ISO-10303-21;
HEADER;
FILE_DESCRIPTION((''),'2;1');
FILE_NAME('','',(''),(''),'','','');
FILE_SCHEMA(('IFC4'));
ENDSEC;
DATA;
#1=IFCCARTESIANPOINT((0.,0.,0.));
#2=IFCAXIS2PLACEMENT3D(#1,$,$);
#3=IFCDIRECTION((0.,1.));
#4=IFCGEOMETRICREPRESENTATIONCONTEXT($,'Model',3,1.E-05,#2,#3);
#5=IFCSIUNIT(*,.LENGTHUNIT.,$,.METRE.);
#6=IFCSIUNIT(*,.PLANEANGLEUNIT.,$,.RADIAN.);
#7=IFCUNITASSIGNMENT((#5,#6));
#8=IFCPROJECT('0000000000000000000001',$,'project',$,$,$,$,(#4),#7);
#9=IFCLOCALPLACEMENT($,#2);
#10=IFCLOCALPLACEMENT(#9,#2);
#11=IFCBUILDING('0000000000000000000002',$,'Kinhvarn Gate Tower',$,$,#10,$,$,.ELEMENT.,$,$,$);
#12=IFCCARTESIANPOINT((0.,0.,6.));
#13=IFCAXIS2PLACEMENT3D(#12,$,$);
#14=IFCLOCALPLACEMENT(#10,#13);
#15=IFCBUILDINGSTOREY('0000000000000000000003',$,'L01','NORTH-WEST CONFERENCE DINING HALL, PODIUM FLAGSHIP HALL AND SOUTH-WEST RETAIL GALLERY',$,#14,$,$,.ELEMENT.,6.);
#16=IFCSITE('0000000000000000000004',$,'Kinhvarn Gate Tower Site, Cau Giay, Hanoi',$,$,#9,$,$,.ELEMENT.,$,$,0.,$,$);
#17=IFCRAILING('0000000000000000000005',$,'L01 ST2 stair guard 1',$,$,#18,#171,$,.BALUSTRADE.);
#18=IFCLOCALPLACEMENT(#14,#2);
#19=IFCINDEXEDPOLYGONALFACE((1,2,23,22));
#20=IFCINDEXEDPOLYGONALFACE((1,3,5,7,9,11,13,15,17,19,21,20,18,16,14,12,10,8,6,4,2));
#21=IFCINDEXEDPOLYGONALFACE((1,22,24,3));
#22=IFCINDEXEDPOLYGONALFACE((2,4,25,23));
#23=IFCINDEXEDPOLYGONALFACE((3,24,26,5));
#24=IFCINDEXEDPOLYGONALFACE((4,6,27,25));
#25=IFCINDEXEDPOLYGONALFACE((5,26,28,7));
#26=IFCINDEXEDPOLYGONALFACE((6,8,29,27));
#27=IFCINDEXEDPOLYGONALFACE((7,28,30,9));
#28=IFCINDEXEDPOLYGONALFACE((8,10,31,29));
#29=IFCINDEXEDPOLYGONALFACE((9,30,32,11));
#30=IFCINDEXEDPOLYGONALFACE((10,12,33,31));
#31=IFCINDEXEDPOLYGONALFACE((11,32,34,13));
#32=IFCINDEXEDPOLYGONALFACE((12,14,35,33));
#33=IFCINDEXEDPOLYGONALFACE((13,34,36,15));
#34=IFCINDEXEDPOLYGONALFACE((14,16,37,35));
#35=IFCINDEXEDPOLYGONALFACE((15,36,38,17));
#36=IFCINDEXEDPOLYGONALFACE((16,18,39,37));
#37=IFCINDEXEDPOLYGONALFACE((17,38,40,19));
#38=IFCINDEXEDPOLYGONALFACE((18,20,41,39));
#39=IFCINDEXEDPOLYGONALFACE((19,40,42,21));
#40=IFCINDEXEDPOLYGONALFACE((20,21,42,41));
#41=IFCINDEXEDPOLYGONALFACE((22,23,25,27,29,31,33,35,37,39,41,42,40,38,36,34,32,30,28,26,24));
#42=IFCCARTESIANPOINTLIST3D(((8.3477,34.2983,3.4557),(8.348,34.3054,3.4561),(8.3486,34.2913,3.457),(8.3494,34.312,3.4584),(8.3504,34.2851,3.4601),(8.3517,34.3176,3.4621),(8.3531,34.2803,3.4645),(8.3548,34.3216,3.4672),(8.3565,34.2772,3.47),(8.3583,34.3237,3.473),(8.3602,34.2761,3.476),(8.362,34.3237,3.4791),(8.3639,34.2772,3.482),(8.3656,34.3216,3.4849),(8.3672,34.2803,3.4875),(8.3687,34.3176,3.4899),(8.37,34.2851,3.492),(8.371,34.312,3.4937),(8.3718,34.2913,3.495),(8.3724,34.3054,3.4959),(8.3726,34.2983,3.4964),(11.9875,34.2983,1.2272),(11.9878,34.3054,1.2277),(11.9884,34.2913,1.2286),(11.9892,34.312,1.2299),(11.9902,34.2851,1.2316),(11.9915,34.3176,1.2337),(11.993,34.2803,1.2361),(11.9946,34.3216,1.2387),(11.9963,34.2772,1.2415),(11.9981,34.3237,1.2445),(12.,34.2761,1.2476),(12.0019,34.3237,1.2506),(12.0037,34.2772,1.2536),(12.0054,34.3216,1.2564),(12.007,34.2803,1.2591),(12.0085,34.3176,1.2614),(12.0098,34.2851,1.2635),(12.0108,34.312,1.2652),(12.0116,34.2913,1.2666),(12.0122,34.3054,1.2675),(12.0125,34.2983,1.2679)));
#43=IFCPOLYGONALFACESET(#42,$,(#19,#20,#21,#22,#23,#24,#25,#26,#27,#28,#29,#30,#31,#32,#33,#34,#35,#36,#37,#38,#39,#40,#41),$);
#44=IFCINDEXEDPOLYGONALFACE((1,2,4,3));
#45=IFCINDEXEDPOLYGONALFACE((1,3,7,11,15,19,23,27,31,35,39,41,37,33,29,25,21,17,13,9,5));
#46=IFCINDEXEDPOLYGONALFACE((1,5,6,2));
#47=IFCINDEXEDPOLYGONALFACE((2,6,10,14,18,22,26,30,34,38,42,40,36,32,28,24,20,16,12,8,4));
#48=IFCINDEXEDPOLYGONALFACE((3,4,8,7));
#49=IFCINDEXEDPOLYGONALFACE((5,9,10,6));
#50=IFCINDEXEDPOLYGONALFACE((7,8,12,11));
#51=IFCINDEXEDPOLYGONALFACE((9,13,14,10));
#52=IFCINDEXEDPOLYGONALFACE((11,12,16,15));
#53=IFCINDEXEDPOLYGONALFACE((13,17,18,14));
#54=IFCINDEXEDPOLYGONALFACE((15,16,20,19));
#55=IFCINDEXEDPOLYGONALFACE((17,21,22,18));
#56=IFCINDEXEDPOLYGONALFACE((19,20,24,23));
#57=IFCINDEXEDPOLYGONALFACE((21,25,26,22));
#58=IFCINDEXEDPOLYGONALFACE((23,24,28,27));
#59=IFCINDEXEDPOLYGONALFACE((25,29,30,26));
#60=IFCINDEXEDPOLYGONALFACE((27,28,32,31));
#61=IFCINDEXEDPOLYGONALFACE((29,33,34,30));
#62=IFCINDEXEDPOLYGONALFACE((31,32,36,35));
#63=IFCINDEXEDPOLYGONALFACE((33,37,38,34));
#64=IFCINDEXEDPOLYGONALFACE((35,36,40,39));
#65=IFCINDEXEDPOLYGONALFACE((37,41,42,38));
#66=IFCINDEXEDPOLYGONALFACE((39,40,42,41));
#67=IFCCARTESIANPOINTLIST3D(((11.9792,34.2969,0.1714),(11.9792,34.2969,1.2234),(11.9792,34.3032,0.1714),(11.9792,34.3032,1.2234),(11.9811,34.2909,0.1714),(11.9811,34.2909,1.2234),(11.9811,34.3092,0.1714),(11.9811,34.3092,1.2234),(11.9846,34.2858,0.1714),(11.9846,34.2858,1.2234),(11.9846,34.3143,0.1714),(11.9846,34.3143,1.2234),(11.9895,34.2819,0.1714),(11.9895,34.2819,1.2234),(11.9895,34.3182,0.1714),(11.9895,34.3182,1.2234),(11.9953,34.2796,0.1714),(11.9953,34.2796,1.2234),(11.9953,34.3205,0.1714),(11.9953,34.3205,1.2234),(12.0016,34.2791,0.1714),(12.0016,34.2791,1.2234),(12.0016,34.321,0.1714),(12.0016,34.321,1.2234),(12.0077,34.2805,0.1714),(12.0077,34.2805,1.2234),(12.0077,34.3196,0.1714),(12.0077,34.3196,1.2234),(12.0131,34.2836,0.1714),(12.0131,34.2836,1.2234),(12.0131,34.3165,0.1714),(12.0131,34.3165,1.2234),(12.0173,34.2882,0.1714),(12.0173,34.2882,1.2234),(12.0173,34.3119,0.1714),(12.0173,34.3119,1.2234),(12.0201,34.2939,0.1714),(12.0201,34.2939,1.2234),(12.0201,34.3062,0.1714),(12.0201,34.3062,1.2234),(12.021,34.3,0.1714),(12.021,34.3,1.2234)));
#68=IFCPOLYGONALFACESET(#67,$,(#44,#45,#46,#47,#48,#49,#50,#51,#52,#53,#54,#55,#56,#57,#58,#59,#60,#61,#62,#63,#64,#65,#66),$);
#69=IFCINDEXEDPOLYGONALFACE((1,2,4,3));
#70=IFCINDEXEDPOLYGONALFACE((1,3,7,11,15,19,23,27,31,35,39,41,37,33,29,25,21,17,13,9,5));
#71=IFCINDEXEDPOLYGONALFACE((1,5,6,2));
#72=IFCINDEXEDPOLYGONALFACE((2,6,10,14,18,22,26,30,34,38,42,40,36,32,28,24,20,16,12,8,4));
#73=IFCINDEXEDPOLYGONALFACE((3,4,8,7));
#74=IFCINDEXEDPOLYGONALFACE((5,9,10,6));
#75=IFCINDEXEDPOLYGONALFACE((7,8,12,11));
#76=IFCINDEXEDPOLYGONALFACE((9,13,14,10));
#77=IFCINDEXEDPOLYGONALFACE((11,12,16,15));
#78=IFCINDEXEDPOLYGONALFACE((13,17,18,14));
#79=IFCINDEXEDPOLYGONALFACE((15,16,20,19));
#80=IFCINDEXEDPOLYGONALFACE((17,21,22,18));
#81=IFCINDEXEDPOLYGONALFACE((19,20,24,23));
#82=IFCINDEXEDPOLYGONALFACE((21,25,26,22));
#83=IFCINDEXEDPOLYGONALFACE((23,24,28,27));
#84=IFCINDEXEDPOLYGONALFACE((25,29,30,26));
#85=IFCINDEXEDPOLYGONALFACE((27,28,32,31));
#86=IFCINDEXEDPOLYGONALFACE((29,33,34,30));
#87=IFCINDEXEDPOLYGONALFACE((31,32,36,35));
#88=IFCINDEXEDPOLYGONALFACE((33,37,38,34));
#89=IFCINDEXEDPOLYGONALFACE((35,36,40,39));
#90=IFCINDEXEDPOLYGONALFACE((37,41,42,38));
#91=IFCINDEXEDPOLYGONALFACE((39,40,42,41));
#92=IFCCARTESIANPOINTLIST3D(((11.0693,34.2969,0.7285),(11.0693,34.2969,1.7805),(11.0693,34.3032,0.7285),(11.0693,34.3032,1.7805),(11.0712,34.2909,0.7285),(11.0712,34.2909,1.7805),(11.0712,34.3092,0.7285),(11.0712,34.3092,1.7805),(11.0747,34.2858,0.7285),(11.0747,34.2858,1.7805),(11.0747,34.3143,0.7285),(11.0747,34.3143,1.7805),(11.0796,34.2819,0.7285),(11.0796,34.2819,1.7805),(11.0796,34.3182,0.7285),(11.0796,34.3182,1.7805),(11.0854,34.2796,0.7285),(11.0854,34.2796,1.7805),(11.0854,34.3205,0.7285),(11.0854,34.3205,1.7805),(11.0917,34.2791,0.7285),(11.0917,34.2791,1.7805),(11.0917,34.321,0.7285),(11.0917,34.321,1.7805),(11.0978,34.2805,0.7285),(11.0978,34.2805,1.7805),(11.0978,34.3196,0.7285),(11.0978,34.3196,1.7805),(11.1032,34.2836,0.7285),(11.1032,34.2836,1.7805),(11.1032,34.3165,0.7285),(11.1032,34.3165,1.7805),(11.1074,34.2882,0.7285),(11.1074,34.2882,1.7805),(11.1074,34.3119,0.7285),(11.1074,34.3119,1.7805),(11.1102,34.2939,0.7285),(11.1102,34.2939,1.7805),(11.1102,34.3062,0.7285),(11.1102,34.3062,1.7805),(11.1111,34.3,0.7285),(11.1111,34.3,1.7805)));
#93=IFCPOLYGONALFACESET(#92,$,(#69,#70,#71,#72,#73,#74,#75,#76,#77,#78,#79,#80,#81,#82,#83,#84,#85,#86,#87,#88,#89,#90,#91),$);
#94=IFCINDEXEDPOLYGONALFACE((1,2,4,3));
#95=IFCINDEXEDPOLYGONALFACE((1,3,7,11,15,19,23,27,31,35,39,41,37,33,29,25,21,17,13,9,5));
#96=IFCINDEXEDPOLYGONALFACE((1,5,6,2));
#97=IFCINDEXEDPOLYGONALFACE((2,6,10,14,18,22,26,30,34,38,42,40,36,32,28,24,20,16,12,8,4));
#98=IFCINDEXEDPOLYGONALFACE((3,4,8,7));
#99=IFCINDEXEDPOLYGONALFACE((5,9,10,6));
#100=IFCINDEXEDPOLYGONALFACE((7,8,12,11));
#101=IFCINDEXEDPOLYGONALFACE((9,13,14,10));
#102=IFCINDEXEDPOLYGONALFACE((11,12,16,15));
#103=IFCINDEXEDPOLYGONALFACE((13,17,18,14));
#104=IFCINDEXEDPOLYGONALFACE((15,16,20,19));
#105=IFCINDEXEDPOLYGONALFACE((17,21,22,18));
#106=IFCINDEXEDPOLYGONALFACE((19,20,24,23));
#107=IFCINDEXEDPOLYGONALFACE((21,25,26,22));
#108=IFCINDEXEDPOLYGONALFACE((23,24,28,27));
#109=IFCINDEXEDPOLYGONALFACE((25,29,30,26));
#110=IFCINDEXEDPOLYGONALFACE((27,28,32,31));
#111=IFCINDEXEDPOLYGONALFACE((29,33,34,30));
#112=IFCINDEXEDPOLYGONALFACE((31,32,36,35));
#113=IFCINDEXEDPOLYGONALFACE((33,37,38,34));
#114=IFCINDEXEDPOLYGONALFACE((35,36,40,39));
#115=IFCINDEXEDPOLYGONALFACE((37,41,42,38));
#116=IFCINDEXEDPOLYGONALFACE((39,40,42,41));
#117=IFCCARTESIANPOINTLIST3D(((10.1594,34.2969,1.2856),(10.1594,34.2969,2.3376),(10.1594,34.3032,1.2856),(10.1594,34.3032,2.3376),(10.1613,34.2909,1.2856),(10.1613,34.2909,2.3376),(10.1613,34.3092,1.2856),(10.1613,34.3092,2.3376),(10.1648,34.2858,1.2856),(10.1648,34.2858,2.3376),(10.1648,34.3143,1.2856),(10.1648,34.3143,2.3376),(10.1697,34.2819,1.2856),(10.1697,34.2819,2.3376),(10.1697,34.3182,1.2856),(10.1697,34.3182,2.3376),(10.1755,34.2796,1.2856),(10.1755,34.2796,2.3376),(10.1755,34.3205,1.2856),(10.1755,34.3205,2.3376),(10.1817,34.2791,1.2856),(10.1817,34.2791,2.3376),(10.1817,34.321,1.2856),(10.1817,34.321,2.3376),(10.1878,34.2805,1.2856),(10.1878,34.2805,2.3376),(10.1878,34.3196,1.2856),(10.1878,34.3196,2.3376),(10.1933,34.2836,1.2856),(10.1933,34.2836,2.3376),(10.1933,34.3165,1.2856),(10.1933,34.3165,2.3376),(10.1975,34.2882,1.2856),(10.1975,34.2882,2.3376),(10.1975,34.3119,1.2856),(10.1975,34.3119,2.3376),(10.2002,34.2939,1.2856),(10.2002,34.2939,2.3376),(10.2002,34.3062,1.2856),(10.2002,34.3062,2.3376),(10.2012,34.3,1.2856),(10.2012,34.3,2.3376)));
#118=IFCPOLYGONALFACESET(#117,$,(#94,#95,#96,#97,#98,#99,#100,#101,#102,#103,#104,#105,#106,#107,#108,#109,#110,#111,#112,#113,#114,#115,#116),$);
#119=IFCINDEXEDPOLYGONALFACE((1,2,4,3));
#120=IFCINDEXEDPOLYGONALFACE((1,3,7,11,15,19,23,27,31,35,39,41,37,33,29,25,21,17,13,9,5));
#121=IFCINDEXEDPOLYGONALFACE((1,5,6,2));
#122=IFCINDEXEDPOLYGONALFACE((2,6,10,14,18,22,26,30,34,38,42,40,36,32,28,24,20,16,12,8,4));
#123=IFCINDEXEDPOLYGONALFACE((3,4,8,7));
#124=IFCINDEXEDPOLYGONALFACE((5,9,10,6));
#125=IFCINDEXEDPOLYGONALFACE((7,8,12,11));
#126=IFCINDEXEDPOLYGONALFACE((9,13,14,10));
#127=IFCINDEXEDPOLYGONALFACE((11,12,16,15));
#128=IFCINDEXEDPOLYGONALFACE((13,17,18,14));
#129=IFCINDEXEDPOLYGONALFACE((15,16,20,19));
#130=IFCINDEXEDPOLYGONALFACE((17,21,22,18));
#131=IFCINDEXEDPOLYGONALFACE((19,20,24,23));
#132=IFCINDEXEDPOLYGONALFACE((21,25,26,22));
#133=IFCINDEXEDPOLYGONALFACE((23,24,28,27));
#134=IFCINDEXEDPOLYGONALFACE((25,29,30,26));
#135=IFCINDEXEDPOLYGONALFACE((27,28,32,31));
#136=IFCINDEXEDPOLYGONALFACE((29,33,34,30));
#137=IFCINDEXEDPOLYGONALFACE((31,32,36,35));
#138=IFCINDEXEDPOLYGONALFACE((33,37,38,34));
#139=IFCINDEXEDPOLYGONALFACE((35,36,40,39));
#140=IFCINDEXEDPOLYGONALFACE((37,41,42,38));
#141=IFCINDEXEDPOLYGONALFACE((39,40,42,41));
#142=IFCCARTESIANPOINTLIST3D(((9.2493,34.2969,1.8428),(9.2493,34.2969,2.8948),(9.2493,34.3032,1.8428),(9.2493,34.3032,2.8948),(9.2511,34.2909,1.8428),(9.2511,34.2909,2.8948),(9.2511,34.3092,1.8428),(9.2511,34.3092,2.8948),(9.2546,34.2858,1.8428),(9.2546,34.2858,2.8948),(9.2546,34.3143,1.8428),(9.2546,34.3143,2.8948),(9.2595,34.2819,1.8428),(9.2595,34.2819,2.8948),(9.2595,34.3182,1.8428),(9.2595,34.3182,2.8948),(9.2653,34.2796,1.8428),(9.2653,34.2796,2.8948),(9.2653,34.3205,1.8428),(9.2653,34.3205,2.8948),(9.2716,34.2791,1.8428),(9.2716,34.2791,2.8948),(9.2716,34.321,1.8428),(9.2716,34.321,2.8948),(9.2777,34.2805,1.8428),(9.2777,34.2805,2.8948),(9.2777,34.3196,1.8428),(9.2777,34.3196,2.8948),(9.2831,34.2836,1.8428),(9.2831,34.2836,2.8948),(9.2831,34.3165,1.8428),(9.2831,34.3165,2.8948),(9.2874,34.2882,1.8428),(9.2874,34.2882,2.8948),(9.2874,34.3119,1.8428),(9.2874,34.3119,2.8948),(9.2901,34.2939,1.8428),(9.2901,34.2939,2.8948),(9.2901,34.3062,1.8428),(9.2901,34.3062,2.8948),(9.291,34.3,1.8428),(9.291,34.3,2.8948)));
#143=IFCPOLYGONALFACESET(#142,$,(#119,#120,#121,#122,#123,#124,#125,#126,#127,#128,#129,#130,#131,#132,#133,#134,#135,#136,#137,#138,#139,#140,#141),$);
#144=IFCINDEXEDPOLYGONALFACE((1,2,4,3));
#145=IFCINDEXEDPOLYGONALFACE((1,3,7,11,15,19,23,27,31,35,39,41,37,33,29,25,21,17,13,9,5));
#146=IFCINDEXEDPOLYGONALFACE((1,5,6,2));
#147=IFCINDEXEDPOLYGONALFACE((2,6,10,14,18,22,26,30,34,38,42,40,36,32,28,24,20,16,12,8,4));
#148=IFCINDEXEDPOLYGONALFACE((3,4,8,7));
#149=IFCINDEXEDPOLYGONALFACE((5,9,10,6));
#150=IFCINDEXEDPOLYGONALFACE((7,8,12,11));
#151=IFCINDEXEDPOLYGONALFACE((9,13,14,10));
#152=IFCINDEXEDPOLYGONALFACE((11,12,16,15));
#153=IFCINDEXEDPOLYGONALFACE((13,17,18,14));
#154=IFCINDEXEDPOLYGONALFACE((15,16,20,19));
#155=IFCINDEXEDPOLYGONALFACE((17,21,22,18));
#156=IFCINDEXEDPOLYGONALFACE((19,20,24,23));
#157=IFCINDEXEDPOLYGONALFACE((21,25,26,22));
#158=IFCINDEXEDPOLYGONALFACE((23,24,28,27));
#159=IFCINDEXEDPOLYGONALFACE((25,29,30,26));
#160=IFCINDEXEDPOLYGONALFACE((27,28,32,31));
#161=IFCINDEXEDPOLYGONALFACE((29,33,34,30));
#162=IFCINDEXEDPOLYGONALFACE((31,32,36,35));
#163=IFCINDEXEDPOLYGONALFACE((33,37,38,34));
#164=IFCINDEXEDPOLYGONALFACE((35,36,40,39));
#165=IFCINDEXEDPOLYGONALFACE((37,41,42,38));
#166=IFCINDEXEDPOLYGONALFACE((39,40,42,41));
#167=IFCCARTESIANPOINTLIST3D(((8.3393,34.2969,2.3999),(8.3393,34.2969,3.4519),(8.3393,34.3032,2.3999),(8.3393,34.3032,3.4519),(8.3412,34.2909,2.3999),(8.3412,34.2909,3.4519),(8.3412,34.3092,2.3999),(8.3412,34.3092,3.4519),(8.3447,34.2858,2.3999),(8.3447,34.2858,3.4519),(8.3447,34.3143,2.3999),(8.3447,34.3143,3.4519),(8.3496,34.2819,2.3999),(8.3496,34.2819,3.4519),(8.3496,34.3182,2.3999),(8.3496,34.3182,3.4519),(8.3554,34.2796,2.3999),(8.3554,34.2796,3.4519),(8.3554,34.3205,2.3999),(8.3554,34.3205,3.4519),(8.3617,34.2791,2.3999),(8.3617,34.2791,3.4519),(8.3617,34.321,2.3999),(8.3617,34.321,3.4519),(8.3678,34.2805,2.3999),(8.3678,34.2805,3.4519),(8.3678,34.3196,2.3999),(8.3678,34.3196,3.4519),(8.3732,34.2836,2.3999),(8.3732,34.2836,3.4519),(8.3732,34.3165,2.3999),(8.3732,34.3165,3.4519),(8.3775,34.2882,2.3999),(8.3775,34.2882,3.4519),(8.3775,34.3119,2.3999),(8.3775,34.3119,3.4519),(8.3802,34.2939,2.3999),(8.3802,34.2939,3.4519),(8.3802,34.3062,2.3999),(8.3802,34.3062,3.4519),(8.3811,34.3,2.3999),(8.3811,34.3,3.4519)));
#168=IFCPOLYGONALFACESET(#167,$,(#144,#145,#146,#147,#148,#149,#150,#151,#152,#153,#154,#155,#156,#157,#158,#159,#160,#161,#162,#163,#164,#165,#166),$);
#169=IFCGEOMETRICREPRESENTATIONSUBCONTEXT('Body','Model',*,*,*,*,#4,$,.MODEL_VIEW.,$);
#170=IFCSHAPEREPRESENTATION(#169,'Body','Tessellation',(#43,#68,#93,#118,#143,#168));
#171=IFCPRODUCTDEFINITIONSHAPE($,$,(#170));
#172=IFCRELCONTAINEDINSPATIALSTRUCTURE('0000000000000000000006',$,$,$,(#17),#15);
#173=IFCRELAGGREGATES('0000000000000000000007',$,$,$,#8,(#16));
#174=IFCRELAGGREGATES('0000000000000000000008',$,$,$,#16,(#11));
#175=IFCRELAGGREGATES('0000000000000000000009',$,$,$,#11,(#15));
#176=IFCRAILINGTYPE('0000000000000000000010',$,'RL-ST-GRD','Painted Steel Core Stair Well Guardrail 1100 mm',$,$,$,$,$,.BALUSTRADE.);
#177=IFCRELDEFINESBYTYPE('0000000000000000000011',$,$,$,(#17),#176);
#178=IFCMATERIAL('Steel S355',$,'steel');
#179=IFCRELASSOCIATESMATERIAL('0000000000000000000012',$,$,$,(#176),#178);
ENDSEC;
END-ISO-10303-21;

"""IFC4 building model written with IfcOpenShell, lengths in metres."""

from ifc_helpers import new_model, si_unit, direction, frame, origin, origin_2d, place, context, subcontext, project, spatial, circle, extrude, material, type_object, element, save


model = new_model("IFC4")

# Units and contexts
model_context = context("Model", 3, precision=1e-05, world=origin(), true_north=direction((0.0, 1.0)))
body_context = subcontext(model_context, "Body", "Model", "MODEL_VIEW")
ifc_project = project(units=[si_unit("LENGTHUNIT", "METRE"), si_unit("PLANEANGLEUNIT", "RADIAN")], contexts=[model_context])

# Site, building, storey
site_placement = place(None, origin())
site = spatial("IfcSite", under=ifc_project, at=site_placement, Name="Kinhvarn Gate Tower Site, Cau Giay, Hanoi", CompositionType="ELEMENT", RefElevation=0.0)
building_placement = place(site_placement, origin())
building = spatial("IfcBuilding", under=site, at=building_placement, Name="Kinhvarn Gate Tower", CompositionType="ELEMENT")
storey_placement = place(building_placement, frame((0.0, 0.0, 6.0)))
storey = spatial("IfcBuildingStorey", under=building, at=storey_placement, Name="L01", Description="NORTH-WEST CONFERENCE DINING HALL, PODIUM FLAGSHIP HALL AND SOUTH-WEST RETAIL GALLERY", CompositionType="ELEMENT", Elevation=6.0)

# Shared definitions
ifc_material_1 = material(Name="Steel S355", Category="steel")

# Railing
railing_type = type_object("IfcRailingType", Name="RL-ST-GRD", Description="Painted Steel Core Stair Well Guardrail 1100 mm", PredefinedType="BALUSTRADE", material=ifc_material_1)
railing_1_placement = place(storey_placement, frame((12.0, 34.3, 0.1714)))
element("IfcRailing", 1, at=railing_1_placement, inside=storey, type_object=railing_type, Name="L01 ST2 stair guard 1", PredefinedType="BALUSTRADE", context=body_context, shape_type="SweptSolid", body=[
    extrude(circle(Radius=0.0239, at=origin_2d()), frame((0.0, 0.0, 1.0762), z_axis=(-0.85285, 0.0, 0.522156), x_axis=(0.0, -1.0, 0.0)), (0.0, 0.0, 1.0), 4.2678),
    extrude(circle(Radius=0.021, at=origin_2d()), origin(), (0.0, 0.0, 1.0), 1.052),
    extrude(circle(Radius=0.021, at=origin_2d()), frame((-0.9099, 0.0, 0.5571)), (0.0, 0.0, 1.0), 1.052),
    extrude(circle(Radius=0.021, at=origin_2d()), frame((-1.8198, 0.0, 1.1143)), (0.0, 0.0, 1.0), 1.052),
    extrude(circle(Radius=0.021, at=origin_2d()), frame((-2.73, 0.0, 1.6714)), (0.0, 0.0, 1.0), 1.052),
    extrude(circle(Radius=0.021, at=origin_2d()), frame((-3.6399, 0.0, 2.2285)), (0.0, 0.0, 1.0), 1.052),
])

save(model, "model.ifc")
